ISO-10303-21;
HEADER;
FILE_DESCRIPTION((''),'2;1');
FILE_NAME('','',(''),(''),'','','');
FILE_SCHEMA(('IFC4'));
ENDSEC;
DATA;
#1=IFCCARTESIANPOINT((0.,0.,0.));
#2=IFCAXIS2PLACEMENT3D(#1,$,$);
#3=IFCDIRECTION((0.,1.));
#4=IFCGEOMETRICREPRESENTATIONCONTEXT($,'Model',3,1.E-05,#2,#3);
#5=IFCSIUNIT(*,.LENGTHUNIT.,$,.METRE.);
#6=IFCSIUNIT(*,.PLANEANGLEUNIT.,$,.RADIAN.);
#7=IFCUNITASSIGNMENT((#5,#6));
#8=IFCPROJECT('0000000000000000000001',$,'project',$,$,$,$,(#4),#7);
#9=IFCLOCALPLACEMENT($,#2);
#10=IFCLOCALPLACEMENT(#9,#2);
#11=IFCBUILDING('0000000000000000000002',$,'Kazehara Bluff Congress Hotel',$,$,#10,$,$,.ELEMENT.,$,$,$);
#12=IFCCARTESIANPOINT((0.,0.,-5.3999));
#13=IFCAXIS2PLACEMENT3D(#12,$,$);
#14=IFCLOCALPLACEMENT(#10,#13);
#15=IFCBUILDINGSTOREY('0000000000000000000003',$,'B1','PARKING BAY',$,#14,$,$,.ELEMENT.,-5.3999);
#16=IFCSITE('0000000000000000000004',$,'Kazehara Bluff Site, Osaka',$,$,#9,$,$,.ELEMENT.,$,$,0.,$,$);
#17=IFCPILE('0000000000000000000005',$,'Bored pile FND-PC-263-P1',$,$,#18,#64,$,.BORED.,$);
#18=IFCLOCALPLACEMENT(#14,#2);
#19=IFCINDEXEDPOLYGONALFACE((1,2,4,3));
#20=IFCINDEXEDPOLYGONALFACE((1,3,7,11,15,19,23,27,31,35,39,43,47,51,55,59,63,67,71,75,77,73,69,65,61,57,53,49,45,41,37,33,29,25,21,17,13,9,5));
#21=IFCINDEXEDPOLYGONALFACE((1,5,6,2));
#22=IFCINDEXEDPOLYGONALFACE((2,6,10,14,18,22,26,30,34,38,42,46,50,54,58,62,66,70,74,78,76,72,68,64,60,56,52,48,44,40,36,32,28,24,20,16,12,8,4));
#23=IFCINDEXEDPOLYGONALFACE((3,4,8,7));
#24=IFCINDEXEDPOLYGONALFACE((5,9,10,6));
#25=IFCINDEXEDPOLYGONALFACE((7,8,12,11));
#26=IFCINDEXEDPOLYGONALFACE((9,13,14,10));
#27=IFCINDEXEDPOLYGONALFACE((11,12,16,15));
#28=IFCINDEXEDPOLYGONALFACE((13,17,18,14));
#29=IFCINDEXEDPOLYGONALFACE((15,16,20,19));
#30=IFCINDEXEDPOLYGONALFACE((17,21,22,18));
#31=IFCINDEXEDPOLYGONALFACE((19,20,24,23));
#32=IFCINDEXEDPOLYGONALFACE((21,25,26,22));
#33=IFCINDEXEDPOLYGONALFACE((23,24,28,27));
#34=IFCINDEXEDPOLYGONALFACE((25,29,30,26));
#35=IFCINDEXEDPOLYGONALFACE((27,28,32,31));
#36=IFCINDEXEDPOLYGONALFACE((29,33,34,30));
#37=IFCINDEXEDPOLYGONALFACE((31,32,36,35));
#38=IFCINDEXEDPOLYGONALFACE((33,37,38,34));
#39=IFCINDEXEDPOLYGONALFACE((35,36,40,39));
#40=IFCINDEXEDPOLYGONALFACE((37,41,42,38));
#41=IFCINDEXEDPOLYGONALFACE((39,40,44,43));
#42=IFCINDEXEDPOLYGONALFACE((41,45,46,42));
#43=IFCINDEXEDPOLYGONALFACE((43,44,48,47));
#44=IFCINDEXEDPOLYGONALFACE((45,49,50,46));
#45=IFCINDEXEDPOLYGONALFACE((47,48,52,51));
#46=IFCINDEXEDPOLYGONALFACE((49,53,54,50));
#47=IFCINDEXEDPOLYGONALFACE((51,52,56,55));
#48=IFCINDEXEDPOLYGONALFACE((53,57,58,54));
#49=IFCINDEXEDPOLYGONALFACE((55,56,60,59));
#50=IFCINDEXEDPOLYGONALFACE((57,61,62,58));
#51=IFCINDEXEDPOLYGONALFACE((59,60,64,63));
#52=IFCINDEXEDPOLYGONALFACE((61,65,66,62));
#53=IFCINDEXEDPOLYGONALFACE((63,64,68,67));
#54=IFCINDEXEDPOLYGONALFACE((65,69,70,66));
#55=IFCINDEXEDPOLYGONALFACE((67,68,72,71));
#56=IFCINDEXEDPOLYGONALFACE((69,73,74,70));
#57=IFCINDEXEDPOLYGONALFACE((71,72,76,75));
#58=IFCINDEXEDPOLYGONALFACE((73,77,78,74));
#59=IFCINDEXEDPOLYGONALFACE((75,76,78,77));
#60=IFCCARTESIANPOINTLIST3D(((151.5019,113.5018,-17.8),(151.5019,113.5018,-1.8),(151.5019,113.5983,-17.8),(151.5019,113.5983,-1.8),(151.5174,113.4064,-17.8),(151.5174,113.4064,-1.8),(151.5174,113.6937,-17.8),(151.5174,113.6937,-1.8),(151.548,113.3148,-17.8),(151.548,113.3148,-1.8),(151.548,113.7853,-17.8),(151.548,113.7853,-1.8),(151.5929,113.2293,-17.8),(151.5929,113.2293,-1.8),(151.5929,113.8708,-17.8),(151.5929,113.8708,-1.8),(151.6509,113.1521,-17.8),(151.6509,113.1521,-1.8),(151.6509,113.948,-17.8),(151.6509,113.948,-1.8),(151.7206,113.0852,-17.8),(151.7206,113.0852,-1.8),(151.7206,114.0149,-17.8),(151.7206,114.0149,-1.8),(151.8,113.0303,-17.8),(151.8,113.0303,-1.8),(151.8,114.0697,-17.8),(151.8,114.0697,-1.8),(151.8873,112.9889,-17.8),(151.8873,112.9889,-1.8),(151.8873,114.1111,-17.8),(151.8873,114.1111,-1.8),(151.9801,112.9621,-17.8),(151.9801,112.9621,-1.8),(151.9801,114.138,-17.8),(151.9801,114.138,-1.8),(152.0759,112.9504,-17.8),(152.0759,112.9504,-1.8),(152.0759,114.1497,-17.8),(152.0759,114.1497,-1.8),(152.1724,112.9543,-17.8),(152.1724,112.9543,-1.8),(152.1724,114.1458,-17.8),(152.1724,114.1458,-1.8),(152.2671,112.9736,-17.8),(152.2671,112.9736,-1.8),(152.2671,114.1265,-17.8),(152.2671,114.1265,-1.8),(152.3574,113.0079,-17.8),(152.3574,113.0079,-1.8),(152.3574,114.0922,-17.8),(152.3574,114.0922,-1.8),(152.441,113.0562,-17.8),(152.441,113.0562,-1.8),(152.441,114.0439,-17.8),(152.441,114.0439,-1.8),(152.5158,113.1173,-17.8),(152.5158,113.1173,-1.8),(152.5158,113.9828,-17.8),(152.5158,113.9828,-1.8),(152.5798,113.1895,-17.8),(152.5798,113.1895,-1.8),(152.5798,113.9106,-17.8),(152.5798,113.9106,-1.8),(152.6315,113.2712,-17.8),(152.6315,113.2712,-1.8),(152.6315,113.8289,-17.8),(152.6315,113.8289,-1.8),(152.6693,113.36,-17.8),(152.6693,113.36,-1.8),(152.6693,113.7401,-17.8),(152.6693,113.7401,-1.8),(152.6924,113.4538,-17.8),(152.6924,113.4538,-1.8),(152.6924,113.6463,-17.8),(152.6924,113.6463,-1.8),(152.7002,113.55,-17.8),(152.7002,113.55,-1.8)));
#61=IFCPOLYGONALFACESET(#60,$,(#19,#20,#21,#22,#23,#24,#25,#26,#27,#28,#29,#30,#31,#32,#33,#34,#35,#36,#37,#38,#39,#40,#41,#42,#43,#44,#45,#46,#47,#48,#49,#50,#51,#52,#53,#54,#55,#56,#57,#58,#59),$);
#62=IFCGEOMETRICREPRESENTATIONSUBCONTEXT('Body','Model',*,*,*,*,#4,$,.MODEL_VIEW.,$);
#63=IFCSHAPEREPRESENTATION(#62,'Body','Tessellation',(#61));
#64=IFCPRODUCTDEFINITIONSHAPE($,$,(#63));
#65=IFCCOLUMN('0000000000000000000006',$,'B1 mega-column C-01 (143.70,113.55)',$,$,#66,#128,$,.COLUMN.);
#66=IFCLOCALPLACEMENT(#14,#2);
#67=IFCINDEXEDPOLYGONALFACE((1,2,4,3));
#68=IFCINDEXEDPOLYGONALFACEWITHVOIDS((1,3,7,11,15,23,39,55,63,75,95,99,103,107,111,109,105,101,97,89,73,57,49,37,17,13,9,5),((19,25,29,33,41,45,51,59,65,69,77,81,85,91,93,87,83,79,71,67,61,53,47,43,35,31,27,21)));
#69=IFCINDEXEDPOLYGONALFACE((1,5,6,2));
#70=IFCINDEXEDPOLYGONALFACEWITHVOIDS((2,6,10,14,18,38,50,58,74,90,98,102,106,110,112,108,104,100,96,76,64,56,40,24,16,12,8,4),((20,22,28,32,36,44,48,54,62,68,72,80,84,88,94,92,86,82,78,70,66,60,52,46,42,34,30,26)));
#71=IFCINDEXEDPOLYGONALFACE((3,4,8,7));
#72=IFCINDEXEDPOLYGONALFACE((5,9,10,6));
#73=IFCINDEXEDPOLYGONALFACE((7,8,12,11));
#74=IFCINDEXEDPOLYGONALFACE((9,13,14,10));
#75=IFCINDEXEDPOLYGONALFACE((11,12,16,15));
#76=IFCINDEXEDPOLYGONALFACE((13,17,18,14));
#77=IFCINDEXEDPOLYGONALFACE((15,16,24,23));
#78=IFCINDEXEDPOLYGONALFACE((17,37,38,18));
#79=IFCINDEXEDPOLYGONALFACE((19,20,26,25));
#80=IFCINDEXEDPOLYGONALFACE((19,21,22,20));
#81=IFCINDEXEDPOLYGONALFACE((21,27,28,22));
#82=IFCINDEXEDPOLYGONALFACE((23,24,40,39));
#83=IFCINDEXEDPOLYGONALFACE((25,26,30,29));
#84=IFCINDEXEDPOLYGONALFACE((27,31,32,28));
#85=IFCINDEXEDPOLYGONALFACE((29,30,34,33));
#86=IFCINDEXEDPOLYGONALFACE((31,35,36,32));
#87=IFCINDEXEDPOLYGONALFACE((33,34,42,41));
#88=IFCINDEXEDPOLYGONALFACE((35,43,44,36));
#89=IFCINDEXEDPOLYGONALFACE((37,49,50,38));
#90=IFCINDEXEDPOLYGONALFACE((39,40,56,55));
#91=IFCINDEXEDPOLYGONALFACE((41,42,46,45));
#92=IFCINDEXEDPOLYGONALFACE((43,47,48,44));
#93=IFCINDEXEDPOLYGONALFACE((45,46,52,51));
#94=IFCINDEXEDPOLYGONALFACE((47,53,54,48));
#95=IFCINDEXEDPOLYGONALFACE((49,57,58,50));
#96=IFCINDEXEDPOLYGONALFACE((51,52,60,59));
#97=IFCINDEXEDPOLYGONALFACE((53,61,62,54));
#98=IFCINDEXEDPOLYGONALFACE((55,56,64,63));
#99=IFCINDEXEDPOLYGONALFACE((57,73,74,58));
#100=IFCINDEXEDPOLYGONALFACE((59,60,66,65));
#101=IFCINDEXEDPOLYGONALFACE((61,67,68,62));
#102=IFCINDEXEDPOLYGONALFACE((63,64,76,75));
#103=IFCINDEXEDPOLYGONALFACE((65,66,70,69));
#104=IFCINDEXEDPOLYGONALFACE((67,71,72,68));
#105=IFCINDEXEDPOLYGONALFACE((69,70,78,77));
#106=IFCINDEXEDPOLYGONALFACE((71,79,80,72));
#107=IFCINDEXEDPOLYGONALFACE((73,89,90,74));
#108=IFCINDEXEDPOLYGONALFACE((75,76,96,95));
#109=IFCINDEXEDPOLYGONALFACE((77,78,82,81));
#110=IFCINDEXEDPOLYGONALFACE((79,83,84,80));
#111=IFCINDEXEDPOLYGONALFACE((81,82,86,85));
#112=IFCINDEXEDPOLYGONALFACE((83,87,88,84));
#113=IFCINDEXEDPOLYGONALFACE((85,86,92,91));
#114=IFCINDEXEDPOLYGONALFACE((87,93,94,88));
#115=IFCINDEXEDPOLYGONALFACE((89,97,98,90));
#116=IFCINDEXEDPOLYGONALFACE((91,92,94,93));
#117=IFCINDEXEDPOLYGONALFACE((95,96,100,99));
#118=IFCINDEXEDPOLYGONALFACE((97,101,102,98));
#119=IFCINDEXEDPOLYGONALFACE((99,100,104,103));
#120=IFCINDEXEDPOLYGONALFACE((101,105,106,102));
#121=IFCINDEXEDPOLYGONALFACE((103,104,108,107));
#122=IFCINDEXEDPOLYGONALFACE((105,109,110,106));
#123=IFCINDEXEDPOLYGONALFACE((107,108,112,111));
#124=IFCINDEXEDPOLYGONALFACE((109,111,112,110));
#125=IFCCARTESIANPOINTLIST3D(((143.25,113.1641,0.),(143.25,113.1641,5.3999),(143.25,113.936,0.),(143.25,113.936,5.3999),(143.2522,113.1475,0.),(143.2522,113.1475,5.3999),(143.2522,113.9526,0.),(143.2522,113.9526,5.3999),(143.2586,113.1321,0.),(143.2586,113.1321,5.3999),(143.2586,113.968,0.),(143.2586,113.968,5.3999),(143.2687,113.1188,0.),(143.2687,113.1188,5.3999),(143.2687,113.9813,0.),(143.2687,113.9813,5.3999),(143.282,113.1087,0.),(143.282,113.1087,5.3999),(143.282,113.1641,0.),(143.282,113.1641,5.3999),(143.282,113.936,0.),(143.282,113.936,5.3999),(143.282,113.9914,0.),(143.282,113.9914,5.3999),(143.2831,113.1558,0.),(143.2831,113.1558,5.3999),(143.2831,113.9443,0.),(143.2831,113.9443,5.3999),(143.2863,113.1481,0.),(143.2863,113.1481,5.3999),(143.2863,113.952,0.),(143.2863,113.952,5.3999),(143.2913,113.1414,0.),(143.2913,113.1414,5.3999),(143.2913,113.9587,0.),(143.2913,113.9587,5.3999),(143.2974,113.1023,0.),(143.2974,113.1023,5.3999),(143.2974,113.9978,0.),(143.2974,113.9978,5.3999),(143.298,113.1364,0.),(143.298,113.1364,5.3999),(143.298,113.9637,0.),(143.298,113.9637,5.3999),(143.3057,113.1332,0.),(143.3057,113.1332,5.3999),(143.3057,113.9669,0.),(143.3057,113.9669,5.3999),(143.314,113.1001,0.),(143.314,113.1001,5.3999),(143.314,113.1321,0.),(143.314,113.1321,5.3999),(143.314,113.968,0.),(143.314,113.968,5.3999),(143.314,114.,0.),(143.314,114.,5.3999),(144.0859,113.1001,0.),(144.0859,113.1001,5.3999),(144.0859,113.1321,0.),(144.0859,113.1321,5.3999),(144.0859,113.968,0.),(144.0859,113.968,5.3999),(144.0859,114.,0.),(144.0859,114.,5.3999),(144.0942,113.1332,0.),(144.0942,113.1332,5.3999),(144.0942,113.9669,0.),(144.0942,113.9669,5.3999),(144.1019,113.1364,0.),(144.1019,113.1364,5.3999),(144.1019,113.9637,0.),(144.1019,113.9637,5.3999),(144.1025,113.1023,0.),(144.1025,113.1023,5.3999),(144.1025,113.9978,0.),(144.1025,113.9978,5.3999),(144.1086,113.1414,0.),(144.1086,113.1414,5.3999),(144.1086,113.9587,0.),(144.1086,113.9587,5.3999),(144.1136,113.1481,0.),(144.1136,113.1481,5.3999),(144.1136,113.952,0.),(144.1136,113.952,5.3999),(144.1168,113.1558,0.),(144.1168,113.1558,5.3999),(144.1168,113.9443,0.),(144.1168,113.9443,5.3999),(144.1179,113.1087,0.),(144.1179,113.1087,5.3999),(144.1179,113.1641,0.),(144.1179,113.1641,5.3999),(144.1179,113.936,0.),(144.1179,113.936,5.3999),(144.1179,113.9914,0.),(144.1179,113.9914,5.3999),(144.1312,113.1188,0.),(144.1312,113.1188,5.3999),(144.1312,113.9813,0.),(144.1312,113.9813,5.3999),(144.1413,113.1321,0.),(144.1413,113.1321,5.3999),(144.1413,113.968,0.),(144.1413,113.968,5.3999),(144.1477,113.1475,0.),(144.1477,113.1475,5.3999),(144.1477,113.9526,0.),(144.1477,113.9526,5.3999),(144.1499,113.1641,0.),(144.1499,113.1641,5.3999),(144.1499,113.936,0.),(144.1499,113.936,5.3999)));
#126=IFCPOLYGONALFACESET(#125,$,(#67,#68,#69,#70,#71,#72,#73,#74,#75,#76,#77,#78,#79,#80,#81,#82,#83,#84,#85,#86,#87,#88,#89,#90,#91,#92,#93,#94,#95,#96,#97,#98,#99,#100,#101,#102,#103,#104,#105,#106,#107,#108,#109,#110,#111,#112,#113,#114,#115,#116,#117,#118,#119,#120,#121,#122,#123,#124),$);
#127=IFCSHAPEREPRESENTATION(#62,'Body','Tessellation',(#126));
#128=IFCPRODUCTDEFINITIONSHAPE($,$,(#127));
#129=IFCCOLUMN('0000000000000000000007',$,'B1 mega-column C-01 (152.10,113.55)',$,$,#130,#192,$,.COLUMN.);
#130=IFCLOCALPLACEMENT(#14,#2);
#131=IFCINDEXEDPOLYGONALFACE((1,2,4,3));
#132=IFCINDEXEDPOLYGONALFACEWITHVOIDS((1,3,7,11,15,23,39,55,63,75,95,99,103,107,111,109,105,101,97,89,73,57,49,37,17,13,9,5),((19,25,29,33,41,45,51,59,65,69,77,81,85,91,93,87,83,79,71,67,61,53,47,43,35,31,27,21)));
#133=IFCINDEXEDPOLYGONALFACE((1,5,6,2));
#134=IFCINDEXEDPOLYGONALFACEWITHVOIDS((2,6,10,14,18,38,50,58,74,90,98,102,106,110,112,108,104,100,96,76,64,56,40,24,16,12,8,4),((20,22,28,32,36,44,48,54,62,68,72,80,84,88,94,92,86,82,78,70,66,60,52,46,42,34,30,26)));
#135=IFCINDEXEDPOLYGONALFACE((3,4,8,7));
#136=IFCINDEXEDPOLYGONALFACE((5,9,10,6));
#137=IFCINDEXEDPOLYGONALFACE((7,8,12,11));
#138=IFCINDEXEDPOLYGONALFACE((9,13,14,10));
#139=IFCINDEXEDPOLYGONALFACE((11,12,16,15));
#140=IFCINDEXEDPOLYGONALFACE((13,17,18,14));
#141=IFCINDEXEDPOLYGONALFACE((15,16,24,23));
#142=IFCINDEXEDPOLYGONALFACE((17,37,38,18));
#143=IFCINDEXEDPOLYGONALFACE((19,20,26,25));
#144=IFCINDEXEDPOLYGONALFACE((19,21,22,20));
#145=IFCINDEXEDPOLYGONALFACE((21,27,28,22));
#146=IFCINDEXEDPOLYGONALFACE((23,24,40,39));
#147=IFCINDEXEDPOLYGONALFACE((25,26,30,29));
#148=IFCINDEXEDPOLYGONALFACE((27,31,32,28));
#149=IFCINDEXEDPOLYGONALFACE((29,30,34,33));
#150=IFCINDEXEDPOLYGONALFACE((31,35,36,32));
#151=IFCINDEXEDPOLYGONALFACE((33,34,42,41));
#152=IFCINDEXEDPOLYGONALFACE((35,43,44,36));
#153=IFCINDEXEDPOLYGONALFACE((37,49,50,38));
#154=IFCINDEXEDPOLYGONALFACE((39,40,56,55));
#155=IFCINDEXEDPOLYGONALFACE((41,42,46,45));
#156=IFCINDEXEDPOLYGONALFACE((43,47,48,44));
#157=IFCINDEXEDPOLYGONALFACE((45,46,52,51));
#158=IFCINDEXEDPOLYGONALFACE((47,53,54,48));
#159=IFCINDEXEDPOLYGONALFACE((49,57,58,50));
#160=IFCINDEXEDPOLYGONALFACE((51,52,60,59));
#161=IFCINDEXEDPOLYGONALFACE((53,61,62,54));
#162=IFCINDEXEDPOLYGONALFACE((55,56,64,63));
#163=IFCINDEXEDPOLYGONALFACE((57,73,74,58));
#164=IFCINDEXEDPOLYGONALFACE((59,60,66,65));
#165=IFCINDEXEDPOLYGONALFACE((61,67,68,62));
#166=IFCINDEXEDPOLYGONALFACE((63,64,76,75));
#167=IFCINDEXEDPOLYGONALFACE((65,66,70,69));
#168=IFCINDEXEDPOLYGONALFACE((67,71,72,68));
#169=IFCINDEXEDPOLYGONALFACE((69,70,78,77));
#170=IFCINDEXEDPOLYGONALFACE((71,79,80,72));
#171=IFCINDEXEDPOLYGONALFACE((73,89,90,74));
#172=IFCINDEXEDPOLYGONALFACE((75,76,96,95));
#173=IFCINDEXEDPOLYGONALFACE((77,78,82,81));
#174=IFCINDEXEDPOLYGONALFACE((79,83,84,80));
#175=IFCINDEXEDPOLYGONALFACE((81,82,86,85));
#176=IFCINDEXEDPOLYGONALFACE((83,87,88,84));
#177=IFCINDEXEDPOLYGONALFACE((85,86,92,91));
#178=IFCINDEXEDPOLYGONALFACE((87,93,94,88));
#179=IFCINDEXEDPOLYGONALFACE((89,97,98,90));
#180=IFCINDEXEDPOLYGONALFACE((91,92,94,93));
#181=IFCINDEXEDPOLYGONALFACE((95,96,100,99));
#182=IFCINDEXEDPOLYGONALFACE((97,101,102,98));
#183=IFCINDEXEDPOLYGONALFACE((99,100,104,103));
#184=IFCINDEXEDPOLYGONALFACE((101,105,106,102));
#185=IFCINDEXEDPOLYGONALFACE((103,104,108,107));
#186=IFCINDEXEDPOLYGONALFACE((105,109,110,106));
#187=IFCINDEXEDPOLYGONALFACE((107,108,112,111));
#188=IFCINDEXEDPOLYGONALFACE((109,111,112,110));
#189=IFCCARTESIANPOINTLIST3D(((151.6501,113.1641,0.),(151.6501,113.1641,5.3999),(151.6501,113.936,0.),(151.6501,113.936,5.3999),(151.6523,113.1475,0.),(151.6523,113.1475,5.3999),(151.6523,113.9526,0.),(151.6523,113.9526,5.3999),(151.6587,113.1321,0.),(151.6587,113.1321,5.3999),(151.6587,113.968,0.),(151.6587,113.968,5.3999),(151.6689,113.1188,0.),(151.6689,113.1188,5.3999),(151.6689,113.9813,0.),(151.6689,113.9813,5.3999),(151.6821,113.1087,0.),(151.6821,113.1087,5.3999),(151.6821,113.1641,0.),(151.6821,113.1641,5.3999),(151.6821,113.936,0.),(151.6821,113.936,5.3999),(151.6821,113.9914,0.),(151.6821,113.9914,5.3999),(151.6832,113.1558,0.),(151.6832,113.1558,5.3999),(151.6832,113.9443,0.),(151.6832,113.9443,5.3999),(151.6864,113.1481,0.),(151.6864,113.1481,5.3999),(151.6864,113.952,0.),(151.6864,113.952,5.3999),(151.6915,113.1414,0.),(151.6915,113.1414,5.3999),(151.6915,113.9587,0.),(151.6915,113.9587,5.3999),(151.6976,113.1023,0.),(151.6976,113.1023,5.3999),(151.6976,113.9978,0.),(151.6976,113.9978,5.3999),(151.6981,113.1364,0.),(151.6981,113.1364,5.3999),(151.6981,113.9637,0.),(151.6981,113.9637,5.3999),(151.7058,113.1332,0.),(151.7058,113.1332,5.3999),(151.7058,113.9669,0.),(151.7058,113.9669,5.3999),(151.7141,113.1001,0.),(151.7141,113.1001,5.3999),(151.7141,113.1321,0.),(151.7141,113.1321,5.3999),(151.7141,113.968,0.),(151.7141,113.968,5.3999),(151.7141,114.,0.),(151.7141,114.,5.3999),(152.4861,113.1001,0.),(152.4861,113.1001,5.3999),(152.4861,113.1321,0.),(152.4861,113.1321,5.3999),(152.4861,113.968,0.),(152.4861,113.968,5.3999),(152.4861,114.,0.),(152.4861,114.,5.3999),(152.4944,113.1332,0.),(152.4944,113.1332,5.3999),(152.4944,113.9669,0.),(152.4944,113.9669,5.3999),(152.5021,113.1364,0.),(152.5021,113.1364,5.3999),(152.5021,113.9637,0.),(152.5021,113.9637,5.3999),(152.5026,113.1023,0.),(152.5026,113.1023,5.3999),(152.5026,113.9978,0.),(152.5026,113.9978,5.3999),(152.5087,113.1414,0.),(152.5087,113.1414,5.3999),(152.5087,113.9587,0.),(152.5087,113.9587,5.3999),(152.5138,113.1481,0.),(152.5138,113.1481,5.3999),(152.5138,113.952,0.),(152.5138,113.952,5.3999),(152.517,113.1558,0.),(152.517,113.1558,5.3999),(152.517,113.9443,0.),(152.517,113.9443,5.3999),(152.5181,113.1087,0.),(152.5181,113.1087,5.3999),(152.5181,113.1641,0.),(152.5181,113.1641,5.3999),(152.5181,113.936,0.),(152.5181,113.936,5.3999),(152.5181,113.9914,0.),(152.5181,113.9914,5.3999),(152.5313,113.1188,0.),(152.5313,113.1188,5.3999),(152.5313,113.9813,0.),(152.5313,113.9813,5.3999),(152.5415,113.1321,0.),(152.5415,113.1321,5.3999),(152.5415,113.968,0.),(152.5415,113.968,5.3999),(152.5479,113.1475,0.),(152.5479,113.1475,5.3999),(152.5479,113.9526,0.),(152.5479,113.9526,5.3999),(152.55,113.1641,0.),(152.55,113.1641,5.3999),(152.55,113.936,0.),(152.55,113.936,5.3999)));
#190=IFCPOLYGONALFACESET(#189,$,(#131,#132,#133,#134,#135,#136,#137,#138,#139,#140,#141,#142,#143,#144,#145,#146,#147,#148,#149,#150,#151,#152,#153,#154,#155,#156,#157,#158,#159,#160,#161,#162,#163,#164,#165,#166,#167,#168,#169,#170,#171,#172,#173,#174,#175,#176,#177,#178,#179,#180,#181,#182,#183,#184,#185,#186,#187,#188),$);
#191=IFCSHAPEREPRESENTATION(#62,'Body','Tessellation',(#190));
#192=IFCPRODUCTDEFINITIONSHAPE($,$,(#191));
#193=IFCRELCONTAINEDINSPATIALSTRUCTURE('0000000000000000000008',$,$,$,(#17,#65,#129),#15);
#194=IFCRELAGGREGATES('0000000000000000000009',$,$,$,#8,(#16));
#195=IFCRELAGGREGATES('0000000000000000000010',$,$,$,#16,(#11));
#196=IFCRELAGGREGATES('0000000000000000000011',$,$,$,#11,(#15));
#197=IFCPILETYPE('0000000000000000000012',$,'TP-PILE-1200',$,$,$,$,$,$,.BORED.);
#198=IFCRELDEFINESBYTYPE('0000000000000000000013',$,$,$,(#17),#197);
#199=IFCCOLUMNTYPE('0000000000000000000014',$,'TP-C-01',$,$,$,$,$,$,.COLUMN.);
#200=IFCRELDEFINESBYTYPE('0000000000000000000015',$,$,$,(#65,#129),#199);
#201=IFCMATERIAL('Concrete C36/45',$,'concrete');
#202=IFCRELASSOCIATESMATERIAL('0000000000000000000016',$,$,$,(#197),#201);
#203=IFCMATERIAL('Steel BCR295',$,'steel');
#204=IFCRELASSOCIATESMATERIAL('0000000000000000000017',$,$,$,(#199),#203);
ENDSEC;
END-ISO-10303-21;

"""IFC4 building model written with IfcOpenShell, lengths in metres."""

from ifc_helpers import new_model, si_unit, direction, frame, origin, origin_2d, place, context, subcontext, project, spatial, hollow_rectangle, circle, extrude, material, material_profile, profile_set, type_object, element, save


model = new_model("IFC4")

# Units and contexts
model_context = context("Model", 3, precision=1e-05, world=origin(), true_north=direction((0.0, 1.0)))
body_context = subcontext(model_context, "Body", "Model", "MODEL_VIEW")
ifc_project = project(units=[si_unit("LENGTHUNIT", "METRE"), si_unit("PLANEANGLEUNIT", "RADIAN")], contexts=[model_context])

# Site, building, storey
site_placement = place(None, origin())
site = spatial("IfcSite", under=ifc_project, at=site_placement, Name="Kazehara Bluff Site, Osaka", CompositionType="ELEMENT", RefElevation=0.0)
building_placement = place(site_placement, origin())
building = spatial("IfcBuilding", under=site, at=building_placement, Name="Kazehara Bluff Congress Hotel", CompositionType="ELEMENT")
storey_placement = place(building_placement, frame((0.0, 0.0, -5.3999)))
storey = spatial("IfcBuildingStorey", under=building, at=storey_placement, Name="B1", Description="PARKING BAY", CompositionType="ELEMENT", Elevation=-5.3999)

# Pile
ifc_material_1 = material(Name="Concrete C36/45", Category="concrete")
ifc_material_profile_1 = material_profile(ifc_material_1, circle(Radius=0.6001, at=origin_2d()))
ifc_profile_set_1 = profile_set([ifc_material_profile_1], Name="Concrete C36/45")
pile_type = type_object("IfcPileType", Name="TP-PILE-1200", PredefinedType="BORED", material=ifc_profile_set_1)
for number, where, z_axis, x_axis, name in (
    (1, (152.1001, 113.55, -1.8), (0.0, 0.0, -1.0), (1.0, 0.0, 0.0), "Bored pile FND-PC-263-P1"),
):
    element("IfcPile", number, at=place(storey_placement, frame(where, z_axis=z_axis, x_axis=x_axis)), inside=storey, type_object=pile_type, Name=name, PredefinedType="BORED", context=body_context, shape_type="SweptSolid", body=[
        extrude(circle(Radius=0.6001, at=origin_2d()), origin(), (0.0, 0.0, 1.0), 16.0),
    ])

# Columns
ifc_material_2 = material(Name="Steel BCR295", Category="steel")
ifc_material_profile_2 = material_profile(ifc_material_2, hollow_rectangle(XDim=0.8999, YDim=0.8999, WallThickness=0.032, InnerFilletRadius=0.032, OuterFilletRadius=0.064, at=origin_2d()))
ifc_profile_set_2 = profile_set([ifc_material_profile_2], Name="Steel BCR295")
column_type_1 = type_object("IfcColumnType", Name="TP-C-01", PredefinedType="COLUMN", material=ifc_profile_set_2)
for number, where, z_axis, x_axis, name in (
    (2, (143.7, 113.55, 0.0), (0.0, 0.0, 1.0), (1.0, 0.0, 0.0), "B1 mega-column C-01 (143.70,113.55)"),
    (3, (152.1001, 113.55, 0.0), (0.0, 0.0, 1.0), (1.0, 0.0, 0.0), "B1 mega-column C-01 (152.10,113.55)"),
):
    element("IfcColumn", number, at=place(storey_placement, frame(where, z_axis=z_axis, x_axis=x_axis)), inside=storey, type_object=column_type_1, Name=name, PredefinedType="COLUMN", context=body_context, shape_type="SweptSolid", body=[
        extrude(hollow_rectangle(XDim=0.8999, YDim=0.8999, WallThickness=0.032, InnerFilletRadius=0.032, OuterFilletRadius=0.064, at=origin_2d()), origin(), (0.0, 0.0, 1.0), 5.3999),
    ])

save(model, "model.ifc")
